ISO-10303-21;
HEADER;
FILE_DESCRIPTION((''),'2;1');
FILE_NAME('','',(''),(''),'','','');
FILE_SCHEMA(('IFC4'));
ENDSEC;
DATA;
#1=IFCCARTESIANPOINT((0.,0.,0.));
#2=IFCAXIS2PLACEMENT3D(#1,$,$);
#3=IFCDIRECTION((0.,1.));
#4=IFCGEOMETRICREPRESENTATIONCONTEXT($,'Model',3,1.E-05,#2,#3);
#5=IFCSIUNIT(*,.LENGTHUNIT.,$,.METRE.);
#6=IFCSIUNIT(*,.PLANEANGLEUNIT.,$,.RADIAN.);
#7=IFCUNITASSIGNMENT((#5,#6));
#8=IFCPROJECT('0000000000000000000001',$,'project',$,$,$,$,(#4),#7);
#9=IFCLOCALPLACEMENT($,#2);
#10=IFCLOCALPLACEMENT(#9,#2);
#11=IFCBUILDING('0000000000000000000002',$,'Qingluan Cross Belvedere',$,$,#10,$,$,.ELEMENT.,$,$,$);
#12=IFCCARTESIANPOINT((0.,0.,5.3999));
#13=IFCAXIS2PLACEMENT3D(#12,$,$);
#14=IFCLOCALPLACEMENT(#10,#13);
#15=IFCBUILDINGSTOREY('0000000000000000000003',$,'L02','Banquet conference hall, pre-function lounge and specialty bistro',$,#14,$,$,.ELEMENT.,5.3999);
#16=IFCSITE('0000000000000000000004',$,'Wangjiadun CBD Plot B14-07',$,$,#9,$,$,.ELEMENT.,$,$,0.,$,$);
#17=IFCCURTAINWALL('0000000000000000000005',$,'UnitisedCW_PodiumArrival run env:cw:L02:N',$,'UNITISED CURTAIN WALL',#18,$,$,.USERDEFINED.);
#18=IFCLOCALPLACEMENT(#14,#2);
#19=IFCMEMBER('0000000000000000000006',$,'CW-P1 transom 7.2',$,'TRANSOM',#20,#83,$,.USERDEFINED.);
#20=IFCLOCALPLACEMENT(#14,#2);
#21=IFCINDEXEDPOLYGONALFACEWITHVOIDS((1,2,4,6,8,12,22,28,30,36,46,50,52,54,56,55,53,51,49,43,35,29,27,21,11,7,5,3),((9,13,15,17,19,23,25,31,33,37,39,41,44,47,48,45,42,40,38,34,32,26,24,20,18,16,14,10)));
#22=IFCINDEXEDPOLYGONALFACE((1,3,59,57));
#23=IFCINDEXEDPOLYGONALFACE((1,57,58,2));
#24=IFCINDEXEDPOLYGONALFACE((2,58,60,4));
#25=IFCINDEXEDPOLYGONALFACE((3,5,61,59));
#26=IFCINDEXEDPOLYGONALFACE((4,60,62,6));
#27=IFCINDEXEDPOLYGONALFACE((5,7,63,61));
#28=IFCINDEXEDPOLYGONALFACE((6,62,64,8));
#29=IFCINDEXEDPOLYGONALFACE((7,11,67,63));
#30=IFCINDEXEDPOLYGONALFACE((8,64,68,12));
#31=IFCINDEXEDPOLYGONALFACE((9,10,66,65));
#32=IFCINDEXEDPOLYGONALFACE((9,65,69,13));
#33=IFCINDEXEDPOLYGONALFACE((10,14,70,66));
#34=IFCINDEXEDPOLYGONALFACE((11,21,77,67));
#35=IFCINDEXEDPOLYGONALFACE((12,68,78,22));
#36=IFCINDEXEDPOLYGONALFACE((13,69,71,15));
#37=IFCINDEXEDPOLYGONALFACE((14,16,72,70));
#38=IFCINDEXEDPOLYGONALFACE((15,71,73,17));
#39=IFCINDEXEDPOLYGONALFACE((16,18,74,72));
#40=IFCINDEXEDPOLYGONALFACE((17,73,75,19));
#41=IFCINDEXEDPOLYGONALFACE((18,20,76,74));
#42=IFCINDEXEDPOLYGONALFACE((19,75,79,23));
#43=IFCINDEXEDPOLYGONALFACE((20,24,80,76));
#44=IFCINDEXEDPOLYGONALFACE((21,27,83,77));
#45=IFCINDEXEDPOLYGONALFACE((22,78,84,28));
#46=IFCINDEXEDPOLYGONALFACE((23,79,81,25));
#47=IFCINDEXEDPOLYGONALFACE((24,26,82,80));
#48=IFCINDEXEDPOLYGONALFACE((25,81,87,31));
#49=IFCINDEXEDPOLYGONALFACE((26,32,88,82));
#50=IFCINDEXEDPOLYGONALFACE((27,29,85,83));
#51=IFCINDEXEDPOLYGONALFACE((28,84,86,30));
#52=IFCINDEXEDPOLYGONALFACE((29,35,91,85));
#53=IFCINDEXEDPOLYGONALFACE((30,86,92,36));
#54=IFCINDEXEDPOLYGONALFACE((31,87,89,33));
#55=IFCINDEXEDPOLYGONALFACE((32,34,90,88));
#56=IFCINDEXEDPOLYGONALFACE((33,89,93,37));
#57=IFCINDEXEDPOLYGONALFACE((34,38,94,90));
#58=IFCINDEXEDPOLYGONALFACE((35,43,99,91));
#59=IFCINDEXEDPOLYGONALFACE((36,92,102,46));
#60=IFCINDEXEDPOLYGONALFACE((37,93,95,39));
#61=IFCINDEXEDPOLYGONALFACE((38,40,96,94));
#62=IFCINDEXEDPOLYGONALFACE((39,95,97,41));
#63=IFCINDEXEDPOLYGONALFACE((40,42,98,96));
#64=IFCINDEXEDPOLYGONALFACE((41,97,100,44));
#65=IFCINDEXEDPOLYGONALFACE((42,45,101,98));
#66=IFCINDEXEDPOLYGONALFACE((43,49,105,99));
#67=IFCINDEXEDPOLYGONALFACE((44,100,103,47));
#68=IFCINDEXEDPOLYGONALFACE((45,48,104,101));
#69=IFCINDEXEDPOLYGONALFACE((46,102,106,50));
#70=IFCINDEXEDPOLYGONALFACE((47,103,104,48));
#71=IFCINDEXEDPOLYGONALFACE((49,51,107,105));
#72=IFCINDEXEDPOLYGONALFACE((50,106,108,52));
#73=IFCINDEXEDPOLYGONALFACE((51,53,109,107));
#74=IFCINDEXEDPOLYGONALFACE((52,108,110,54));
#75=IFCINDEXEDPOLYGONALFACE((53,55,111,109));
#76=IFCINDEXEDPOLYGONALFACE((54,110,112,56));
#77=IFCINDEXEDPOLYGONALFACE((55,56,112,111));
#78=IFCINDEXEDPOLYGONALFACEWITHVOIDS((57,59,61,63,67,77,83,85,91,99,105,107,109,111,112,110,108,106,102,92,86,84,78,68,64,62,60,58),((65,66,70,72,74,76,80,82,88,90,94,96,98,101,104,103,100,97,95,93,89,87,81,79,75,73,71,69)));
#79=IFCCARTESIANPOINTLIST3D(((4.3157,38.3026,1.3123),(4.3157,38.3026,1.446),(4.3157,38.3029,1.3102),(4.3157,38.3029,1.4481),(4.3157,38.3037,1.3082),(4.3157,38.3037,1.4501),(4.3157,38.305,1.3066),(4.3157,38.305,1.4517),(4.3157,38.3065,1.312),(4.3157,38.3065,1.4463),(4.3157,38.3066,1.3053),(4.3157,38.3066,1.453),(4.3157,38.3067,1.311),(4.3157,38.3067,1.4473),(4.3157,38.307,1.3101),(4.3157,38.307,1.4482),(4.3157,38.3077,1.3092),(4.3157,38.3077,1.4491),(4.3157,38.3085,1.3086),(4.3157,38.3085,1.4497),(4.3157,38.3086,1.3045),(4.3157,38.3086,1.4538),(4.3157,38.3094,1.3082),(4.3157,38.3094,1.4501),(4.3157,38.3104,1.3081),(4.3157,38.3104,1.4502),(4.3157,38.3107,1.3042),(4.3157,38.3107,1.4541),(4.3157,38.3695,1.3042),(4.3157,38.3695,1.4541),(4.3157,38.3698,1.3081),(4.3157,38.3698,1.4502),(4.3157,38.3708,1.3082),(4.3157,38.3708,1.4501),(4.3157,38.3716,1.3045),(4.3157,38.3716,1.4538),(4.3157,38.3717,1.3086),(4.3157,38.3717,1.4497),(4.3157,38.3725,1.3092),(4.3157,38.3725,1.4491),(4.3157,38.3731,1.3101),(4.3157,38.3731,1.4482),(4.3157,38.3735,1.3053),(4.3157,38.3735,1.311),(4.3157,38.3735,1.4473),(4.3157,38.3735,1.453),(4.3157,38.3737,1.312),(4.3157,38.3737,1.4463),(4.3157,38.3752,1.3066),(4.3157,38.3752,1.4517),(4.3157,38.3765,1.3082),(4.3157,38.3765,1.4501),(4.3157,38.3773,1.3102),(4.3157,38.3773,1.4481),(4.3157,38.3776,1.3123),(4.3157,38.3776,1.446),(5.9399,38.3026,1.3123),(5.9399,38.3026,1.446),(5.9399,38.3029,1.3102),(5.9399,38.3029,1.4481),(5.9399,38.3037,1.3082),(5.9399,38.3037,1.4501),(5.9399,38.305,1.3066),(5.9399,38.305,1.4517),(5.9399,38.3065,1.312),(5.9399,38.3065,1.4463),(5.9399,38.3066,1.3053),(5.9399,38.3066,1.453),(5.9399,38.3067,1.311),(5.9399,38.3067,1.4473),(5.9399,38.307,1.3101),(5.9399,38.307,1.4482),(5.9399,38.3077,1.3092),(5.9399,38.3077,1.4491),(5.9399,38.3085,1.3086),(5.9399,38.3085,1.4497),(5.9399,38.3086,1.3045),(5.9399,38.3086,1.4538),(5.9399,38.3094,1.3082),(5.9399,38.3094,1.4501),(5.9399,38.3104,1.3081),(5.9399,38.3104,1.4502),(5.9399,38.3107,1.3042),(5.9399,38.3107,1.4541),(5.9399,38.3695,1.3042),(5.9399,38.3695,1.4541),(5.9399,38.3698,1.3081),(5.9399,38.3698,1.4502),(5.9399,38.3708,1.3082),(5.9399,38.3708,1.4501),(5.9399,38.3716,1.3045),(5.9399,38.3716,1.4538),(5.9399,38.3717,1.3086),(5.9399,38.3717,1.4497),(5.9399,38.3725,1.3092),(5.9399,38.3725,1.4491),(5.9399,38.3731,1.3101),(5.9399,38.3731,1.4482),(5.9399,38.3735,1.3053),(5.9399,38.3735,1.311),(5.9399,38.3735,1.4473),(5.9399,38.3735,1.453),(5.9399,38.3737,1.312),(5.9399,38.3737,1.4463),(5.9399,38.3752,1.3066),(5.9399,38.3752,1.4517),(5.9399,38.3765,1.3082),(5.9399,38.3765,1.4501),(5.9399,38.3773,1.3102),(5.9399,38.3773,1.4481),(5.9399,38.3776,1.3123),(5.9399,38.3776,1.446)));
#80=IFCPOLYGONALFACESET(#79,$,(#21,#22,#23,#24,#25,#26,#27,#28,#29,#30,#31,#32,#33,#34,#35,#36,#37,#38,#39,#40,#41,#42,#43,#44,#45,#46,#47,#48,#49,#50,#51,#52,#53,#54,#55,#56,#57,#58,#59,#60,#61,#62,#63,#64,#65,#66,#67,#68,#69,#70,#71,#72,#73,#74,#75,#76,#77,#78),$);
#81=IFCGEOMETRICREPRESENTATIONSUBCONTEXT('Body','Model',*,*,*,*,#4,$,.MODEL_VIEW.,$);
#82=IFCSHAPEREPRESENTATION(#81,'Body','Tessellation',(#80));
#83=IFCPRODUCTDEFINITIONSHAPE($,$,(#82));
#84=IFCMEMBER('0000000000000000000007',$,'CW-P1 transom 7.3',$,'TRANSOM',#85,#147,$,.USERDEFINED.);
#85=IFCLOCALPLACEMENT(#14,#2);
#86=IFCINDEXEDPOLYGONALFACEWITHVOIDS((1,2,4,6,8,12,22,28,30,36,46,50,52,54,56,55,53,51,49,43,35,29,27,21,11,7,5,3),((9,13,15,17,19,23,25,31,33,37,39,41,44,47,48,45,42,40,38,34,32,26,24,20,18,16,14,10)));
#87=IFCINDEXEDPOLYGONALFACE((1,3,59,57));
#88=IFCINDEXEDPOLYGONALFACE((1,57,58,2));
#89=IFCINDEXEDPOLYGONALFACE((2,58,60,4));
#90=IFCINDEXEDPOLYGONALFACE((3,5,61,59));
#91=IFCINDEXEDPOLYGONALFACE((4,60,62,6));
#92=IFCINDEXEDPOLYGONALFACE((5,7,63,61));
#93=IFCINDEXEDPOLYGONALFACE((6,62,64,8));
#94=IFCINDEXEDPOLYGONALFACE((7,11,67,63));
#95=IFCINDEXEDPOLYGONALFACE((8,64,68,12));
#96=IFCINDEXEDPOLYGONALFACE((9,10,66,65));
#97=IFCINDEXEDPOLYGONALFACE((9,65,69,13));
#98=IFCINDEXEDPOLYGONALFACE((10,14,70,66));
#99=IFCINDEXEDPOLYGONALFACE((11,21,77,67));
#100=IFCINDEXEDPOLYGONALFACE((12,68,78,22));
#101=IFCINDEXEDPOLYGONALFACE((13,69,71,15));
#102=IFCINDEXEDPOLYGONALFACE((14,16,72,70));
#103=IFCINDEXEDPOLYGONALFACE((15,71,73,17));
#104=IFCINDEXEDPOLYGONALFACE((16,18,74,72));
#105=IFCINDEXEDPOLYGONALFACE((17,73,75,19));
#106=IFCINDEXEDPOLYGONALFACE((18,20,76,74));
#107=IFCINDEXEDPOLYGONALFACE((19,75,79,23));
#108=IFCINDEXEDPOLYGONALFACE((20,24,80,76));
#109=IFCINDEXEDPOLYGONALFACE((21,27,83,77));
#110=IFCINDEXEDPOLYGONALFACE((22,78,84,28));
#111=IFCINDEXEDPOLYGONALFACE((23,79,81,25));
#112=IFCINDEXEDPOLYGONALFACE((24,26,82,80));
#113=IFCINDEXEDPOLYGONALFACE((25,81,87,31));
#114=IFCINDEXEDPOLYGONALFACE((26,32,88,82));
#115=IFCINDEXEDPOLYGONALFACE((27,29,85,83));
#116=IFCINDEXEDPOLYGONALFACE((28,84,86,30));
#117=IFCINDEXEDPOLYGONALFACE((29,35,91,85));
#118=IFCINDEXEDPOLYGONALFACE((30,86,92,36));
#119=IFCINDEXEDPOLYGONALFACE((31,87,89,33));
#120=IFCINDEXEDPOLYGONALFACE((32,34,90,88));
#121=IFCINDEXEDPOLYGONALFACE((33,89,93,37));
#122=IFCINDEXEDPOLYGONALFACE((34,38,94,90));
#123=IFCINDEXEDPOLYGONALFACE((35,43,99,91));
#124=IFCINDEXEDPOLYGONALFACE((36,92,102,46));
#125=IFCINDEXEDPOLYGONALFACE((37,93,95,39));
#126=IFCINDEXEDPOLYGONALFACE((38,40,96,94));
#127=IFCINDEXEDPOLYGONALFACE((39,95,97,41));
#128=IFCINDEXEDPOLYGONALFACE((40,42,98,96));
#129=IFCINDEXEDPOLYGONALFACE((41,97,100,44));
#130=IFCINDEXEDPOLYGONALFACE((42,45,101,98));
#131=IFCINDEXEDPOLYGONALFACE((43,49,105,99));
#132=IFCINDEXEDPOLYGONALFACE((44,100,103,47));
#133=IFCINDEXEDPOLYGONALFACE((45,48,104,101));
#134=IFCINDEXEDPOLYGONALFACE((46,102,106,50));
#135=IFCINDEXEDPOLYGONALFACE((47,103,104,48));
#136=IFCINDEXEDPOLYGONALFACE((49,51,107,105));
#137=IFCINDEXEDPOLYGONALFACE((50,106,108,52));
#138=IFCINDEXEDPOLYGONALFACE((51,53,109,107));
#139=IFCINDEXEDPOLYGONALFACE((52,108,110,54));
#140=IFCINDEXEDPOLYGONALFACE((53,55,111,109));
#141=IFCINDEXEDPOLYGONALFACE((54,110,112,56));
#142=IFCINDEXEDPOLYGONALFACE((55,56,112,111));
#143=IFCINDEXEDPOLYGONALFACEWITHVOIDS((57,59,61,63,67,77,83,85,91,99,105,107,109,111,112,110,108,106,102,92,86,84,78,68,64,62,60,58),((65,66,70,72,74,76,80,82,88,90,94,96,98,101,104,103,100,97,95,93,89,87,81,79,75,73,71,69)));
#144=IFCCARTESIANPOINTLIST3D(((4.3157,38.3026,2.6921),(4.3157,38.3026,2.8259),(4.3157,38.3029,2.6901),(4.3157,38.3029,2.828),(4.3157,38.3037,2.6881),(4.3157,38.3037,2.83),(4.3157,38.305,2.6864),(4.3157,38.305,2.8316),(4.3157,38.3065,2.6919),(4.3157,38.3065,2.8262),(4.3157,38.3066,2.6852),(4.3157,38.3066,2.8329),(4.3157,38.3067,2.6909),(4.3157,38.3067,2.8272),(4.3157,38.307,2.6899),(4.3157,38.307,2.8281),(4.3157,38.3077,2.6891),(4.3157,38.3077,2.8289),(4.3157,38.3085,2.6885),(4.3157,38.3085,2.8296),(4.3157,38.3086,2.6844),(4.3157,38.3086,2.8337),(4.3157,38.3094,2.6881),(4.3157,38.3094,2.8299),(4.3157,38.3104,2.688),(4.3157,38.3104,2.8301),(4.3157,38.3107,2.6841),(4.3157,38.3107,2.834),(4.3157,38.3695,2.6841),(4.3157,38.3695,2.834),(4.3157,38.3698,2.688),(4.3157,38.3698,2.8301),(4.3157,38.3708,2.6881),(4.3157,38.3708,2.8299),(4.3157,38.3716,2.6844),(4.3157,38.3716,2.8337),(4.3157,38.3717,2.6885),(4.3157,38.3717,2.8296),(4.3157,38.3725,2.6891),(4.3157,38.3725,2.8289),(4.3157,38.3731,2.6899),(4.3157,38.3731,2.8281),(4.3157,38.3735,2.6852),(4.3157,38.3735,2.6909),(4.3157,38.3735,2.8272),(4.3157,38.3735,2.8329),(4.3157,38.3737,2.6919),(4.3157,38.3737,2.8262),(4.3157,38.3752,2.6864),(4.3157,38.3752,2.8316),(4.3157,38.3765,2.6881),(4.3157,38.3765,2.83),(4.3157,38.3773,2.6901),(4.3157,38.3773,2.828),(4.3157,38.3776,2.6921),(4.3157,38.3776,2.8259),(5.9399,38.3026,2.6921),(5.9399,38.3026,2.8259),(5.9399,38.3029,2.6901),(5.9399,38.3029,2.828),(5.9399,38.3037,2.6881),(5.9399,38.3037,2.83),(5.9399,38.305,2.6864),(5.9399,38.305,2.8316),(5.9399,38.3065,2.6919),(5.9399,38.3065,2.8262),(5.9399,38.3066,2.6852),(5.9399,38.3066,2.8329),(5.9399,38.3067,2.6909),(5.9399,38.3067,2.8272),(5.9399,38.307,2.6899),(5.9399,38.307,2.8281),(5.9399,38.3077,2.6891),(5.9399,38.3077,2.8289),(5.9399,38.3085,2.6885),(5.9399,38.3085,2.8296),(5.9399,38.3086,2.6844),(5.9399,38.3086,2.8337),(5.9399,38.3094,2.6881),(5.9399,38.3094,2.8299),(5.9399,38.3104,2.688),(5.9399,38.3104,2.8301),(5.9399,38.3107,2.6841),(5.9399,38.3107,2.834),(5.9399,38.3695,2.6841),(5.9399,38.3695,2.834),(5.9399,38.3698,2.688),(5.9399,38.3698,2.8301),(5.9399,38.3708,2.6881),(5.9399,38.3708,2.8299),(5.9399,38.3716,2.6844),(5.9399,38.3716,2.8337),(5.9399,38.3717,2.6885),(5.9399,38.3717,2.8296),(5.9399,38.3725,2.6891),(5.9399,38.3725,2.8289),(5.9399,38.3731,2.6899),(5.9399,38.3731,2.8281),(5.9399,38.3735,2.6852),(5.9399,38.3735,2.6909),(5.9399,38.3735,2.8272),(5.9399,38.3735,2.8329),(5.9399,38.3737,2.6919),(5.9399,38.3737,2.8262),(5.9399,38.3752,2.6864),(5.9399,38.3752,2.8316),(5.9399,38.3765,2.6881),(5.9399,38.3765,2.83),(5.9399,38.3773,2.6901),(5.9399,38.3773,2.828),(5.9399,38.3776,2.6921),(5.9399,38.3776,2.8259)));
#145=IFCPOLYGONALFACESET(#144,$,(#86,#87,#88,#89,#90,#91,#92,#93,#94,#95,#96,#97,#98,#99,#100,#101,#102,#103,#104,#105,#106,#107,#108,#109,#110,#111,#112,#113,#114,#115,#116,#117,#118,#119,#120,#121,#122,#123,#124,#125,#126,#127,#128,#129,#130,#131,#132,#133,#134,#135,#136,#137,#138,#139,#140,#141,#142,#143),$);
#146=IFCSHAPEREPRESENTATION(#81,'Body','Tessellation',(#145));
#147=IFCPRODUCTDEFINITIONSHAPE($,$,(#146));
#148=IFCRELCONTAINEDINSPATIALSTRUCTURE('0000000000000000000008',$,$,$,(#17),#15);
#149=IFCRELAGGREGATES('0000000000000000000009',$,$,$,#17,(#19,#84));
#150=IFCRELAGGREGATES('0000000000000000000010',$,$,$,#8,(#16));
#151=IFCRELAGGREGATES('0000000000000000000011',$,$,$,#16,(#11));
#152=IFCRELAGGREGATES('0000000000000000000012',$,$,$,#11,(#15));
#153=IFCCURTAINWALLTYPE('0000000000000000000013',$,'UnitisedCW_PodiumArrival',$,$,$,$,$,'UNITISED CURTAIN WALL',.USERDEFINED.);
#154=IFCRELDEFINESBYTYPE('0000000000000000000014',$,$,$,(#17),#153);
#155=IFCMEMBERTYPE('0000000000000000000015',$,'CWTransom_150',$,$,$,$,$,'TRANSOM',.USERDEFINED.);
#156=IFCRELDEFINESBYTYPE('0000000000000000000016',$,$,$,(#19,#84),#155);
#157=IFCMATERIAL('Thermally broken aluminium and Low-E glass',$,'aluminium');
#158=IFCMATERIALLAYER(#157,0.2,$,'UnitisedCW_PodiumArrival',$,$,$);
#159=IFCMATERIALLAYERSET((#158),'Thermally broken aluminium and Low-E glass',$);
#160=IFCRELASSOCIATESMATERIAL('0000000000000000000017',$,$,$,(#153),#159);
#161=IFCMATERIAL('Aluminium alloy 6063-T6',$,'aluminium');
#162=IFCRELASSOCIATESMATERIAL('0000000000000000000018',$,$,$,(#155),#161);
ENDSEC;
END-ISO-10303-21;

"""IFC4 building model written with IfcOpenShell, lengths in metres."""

from ifc_helpers import new_model, si_unit, direction, frame, origin, origin_2d, place, context, subcontext, project, spatial, hollow_rectangle, extrude, material, layer, layer_set, material_profile, profile_set, type_object, element, aggregate, save


model = new_model("IFC4")

# Units and contexts
model_context = context("Model", 3, precision=1e-05, world=origin(), true_north=direction((0.0, 1.0)))
body_context = subcontext(model_context, "Body", "Model", "MODEL_VIEW")
ifc_project = project(units=[si_unit("LENGTHUNIT", "METRE"), si_unit("PLANEANGLEUNIT", "RADIAN")], contexts=[model_context])

# Site, building, storey
site_placement = place(None, origin())
site = spatial("IfcSite", under=ifc_project, at=site_placement, Name="Wangjiadun CBD Plot B14-07", CompositionType="ELEMENT", RefElevation=0.0)
building_placement = place(site_placement, origin())
building = spatial("IfcBuilding", under=site, at=building_placement, Name="Qingluan Cross Belvedere", CompositionType="ELEMENT")
storey_placement = place(building_placement, frame((0.0, 0.0, 5.3999)))
storey = spatial("IfcBuildingStorey", under=building, at=storey_placement, Name="L02", Description="Banquet conference hall, pre-function lounge and specialty bistro", CompositionType="ELEMENT", Elevation=5.3999)

# Curtain wall, members
ifc_material_1 = material(Name="Thermally broken aluminium and Low-E glass", Category="aluminium")
ifc_layer_1 = layer(ifc_material_1, 0.2, Name="UnitisedCW_PodiumArrival")
ifc_layer_set_1 = layer_set([ifc_layer_1], Name="Thermally broken aluminium and Low-E glass")
curtain_wall_type = type_object("IfcCurtainWallType", Name="UnitisedCW_PodiumArrival", ElementType="UNITISED CURTAIN WALL", PredefinedType="USERDEFINED", material=ifc_layer_set_1)
curtain_wall_placement = place(storey_placement, origin())
curtain_wall = element("IfcCurtainWall", 1, at=curtain_wall_placement, inside=storey, type_object=curtain_wall_type, Name="UnitisedCW_PodiumArrival run env:cw:L02:N", ObjectType="UNITISED CURTAIN WALL", PredefinedType="USERDEFINED")
ifc_material_2 = material(Name="Aluminium alloy 6063-T6", Category="aluminium")
ifc_material_profile_1 = material_profile(ifc_material_2, hollow_rectangle(XDim=0.075, YDim=0.1499, WallThickness=0.0039, InnerFilletRadius=0.0039, OuterFilletRadius=0.0081, at=origin_2d()), Name="CWT150x75x4")
ifc_profile_set_1 = profile_set([ifc_material_profile_1], Name="Aluminium alloy 6063-T6")
member_type_1 = type_object("IfcMemberType", Name="CWTransom_150", ElementType="TRANSOM", PredefinedType="USERDEFINED", material=ifc_profile_set_1)
member_1_placement = place(storey_placement, frame((4.3157, 38.3401, 1.3792), z_axis=(1.0, 0.0, 0.0), x_axis=(0.0, 1.0, 0.0)))
member_1 = element("IfcMember", 2, at=member_1_placement, type_object=member_type_1, Name="CW-P1 transom 7.2", ObjectType="TRANSOM", PredefinedType="USERDEFINED", context=body_context, shape_type="SweptSolid", body=[
    extrude(hollow_rectangle(XDim=0.075, YDim=0.1499, WallThickness=0.0039, InnerFilletRadius=0.0039, OuterFilletRadius=0.0081, at=origin_2d()), origin(), (0.0, 0.0, 1.0), 1.6243),
])
member_2_placement = place(storey_placement, frame((4.3157, 38.3401, 2.759), z_axis=(1.0, 0.0, 0.0), x_axis=(0.0, 1.0, 0.0)))
member_2 = element("IfcMember", 3, at=member_2_placement, type_object=member_type_1, Name="CW-P1 transom 7.3", ObjectType="TRANSOM", PredefinedType="USERDEFINED", context=body_context, shape_type="SweptSolid", body=[
    extrude(hollow_rectangle(XDim=0.075, YDim=0.1499, WallThickness=0.0039, InnerFilletRadius=0.0039, OuterFilletRadius=0.0081, at=origin_2d()), origin(), (0.0, 0.0, 1.0), 1.6243),
])

aggregate(curtain_wall, [member_1, member_2])

save(model, "model.ifc")
